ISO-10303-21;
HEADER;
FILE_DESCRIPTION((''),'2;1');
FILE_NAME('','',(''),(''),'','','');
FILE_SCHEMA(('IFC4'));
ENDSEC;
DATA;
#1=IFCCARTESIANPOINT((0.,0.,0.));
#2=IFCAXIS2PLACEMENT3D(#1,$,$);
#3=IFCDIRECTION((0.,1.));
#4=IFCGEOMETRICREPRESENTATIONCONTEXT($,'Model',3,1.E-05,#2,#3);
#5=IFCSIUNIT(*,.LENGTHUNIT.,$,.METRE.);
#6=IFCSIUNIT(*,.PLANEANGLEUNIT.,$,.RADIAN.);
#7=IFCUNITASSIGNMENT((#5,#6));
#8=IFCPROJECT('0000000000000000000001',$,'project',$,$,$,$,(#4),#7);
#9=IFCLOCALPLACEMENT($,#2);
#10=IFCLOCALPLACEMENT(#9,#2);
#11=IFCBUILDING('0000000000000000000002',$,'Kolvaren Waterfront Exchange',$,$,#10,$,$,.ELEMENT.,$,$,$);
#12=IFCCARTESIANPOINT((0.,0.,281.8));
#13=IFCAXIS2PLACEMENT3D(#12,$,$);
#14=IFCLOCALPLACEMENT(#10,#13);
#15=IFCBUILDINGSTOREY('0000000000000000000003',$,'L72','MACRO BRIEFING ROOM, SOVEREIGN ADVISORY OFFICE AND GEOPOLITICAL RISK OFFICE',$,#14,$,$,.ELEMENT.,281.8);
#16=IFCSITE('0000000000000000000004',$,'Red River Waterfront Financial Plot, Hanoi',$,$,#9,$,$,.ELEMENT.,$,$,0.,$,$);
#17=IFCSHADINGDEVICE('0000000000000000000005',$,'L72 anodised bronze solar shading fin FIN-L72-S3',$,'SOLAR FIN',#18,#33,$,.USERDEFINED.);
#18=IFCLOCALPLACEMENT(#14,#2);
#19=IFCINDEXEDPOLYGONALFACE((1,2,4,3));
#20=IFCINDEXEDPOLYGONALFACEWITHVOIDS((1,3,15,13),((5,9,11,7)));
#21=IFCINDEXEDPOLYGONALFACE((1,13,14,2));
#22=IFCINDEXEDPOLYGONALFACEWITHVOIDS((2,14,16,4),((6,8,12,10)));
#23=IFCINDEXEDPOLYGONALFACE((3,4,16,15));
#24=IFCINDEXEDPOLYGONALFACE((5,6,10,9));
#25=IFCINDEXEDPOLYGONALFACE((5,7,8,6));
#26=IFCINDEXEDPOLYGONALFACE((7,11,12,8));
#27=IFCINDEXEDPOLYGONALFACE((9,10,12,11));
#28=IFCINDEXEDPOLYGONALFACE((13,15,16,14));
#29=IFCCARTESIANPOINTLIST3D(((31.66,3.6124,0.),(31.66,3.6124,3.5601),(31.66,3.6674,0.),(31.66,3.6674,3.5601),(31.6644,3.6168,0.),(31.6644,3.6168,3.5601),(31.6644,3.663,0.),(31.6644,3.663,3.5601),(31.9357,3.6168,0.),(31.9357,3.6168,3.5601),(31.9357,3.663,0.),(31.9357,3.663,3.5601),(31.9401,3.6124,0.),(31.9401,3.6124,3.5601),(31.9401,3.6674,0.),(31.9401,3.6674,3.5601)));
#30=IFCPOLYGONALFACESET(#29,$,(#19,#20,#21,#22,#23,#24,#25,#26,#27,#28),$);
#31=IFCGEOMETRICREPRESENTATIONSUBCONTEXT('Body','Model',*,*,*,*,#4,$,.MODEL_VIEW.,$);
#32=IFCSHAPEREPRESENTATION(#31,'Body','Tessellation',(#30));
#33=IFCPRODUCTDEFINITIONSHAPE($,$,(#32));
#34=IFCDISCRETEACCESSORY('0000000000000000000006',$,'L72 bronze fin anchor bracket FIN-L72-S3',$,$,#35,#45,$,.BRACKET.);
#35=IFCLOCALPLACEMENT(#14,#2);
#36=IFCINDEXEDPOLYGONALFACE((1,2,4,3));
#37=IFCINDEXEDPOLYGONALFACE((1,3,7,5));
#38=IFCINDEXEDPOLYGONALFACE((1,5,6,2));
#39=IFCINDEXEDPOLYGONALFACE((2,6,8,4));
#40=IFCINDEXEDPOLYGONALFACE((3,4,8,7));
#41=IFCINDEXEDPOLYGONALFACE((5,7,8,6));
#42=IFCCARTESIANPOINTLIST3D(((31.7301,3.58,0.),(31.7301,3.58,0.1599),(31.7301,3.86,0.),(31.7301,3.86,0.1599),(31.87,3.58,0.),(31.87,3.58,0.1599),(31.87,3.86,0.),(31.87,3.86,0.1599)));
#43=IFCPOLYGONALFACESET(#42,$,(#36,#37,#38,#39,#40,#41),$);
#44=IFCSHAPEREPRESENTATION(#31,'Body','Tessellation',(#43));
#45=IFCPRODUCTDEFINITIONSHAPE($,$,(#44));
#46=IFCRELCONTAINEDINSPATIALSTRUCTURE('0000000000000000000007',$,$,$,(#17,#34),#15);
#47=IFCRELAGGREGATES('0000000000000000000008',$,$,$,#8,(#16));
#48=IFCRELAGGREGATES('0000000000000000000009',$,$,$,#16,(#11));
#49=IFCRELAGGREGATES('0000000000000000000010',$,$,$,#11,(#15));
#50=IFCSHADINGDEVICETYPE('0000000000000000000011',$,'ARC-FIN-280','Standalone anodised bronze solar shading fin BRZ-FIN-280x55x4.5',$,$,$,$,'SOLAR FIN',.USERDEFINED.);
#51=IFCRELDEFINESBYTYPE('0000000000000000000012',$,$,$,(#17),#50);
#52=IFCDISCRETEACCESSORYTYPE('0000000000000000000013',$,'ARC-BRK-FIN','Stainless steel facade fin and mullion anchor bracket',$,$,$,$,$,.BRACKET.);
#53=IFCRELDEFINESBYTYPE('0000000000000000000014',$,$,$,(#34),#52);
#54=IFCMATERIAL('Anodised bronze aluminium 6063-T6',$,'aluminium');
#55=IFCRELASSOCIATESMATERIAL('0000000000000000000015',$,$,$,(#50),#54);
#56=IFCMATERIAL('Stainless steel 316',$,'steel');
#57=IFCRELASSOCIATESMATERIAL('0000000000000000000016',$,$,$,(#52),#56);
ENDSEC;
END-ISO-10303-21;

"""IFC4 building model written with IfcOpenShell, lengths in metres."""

from ifc_helpers import new_model, si_unit, direction, frame, origin, origin_with_axes, origin_2d, place, context, subcontext, project, spatial, rectangle, hollow_rectangle, extrude, source, transform, mapped, material, material_profile, profile_set, type_object, element, save


model = new_model("IFC4")

# Units and contexts
model_context = context("Model", 3, precision=1e-05, world=origin(), true_north=direction((0.0, 1.0)))
body_context = subcontext(model_context, "Body", "Model", "MODEL_VIEW")
ifc_project = project(units=[si_unit("LENGTHUNIT", "METRE"), si_unit("PLANEANGLEUNIT", "RADIAN")], contexts=[model_context])

# Site, building, storey
site_placement = place(None, origin())
site = spatial("IfcSite", under=ifc_project, at=site_placement, Name="Red River Waterfront Financial Plot, Hanoi", CompositionType="ELEMENT", RefElevation=0.0)
building_placement = place(site_placement, origin())
building = spatial("IfcBuilding", under=site, at=building_placement, Name="Kolvaren Waterfront Exchange", CompositionType="ELEMENT")
storey_placement = place(building_placement, frame((0.0, 0.0, 281.8)))
storey = spatial("IfcBuildingStorey", under=building, at=storey_placement, Name="L72", Description="MACRO BRIEFING ROOM, SOVEREIGN ADVISORY OFFICE AND GEOPOLITICAL RISK OFFICE", CompositionType="ELEMENT", Elevation=281.8)

# Shared definitions
ifc_material_1 = material(Name="Anodised bronze aluminium 6063-T6", Category="aluminium")

# Shading device
ifc_material_profile_1 = material_profile(ifc_material_1, hollow_rectangle(XDim=0.0549, YDim=0.28, WallThickness=0.0044, at=origin_2d()), Name="BRZ-FIN-280x55x4.5")
ifc_profile_set_1 = profile_set([ifc_material_profile_1], Name="Anodised bronze aluminium 6063-T6")
shading_device_type = type_object("IfcShadingDeviceType", Name="ARC-FIN-280", Description="Standalone anodised bronze solar shading fin BRZ-FIN-280x55x4.5", ElementType="SOLAR FIN", PredefinedType="USERDEFINED", material=ifc_profile_set_1)
shading_device_placement = place(storey_placement, frame((31.8, 3.6399, 0.0), z_axis=(0.0, 0.0, 1.0), x_axis=(0.0, -1.0, 0.0)))
element("IfcShadingDevice", 1, at=shading_device_placement, inside=storey, type_object=shading_device_type, Name="L72 anodised bronze solar shading fin FIN-L72-S3", ObjectType="SOLAR FIN", PredefinedType="USERDEFINED", context=body_context, shape_type="SweptSolid", body=[
    extrude(hollow_rectangle(XDim=0.0549, YDim=0.28, WallThickness=0.0044, at=origin_2d()), origin(), (0.0, 0.0, 1.0), 3.5601),
])

# Discrete accessory
ifc_material_2 = material(Name="Stainless steel 316", Category="steel")
discrete_accessory_type = type_object("IfcDiscreteAccessoryType", Name="ARC-BRK-FIN", Description="Stainless steel facade fin and mullion anchor bracket", PredefinedType="BRACKET", material=ifc_material_2)
shared_shape_1 = source(origin_with_axes(), body_context, "Body", "SweptSolid", [
    extrude(rectangle(XDim=0.28, YDim=0.1399, at=origin_2d()), origin(), (0.0, 0.0, 1.0), 0.1599),
])
discrete_accessory_placement = place(storey_placement, frame((31.8, 3.72, 0.0), z_axis=(0.0, 0.0, 1.0), x_axis=(0.0, -1.0, 0.0)))
element("IfcDiscreteAccessory", 2, at=discrete_accessory_placement, inside=storey, type_object=discrete_accessory_type, Name="L72 bronze fin anchor bracket FIN-L72-S3", PredefinedType="BRACKET", context=body_context, shape_type="MappedRepresentation", body=[
    mapped(shared_shape_1, transform((0.0, 0.0, 0.0), x_axis=(1.0, 0.0, 0.0), y_axis=(0.0, 1.0, 0.0), z_axis=(0.0, 0.0, 1.0), scale=1.0)),
])

save(model, "model.ifc")
